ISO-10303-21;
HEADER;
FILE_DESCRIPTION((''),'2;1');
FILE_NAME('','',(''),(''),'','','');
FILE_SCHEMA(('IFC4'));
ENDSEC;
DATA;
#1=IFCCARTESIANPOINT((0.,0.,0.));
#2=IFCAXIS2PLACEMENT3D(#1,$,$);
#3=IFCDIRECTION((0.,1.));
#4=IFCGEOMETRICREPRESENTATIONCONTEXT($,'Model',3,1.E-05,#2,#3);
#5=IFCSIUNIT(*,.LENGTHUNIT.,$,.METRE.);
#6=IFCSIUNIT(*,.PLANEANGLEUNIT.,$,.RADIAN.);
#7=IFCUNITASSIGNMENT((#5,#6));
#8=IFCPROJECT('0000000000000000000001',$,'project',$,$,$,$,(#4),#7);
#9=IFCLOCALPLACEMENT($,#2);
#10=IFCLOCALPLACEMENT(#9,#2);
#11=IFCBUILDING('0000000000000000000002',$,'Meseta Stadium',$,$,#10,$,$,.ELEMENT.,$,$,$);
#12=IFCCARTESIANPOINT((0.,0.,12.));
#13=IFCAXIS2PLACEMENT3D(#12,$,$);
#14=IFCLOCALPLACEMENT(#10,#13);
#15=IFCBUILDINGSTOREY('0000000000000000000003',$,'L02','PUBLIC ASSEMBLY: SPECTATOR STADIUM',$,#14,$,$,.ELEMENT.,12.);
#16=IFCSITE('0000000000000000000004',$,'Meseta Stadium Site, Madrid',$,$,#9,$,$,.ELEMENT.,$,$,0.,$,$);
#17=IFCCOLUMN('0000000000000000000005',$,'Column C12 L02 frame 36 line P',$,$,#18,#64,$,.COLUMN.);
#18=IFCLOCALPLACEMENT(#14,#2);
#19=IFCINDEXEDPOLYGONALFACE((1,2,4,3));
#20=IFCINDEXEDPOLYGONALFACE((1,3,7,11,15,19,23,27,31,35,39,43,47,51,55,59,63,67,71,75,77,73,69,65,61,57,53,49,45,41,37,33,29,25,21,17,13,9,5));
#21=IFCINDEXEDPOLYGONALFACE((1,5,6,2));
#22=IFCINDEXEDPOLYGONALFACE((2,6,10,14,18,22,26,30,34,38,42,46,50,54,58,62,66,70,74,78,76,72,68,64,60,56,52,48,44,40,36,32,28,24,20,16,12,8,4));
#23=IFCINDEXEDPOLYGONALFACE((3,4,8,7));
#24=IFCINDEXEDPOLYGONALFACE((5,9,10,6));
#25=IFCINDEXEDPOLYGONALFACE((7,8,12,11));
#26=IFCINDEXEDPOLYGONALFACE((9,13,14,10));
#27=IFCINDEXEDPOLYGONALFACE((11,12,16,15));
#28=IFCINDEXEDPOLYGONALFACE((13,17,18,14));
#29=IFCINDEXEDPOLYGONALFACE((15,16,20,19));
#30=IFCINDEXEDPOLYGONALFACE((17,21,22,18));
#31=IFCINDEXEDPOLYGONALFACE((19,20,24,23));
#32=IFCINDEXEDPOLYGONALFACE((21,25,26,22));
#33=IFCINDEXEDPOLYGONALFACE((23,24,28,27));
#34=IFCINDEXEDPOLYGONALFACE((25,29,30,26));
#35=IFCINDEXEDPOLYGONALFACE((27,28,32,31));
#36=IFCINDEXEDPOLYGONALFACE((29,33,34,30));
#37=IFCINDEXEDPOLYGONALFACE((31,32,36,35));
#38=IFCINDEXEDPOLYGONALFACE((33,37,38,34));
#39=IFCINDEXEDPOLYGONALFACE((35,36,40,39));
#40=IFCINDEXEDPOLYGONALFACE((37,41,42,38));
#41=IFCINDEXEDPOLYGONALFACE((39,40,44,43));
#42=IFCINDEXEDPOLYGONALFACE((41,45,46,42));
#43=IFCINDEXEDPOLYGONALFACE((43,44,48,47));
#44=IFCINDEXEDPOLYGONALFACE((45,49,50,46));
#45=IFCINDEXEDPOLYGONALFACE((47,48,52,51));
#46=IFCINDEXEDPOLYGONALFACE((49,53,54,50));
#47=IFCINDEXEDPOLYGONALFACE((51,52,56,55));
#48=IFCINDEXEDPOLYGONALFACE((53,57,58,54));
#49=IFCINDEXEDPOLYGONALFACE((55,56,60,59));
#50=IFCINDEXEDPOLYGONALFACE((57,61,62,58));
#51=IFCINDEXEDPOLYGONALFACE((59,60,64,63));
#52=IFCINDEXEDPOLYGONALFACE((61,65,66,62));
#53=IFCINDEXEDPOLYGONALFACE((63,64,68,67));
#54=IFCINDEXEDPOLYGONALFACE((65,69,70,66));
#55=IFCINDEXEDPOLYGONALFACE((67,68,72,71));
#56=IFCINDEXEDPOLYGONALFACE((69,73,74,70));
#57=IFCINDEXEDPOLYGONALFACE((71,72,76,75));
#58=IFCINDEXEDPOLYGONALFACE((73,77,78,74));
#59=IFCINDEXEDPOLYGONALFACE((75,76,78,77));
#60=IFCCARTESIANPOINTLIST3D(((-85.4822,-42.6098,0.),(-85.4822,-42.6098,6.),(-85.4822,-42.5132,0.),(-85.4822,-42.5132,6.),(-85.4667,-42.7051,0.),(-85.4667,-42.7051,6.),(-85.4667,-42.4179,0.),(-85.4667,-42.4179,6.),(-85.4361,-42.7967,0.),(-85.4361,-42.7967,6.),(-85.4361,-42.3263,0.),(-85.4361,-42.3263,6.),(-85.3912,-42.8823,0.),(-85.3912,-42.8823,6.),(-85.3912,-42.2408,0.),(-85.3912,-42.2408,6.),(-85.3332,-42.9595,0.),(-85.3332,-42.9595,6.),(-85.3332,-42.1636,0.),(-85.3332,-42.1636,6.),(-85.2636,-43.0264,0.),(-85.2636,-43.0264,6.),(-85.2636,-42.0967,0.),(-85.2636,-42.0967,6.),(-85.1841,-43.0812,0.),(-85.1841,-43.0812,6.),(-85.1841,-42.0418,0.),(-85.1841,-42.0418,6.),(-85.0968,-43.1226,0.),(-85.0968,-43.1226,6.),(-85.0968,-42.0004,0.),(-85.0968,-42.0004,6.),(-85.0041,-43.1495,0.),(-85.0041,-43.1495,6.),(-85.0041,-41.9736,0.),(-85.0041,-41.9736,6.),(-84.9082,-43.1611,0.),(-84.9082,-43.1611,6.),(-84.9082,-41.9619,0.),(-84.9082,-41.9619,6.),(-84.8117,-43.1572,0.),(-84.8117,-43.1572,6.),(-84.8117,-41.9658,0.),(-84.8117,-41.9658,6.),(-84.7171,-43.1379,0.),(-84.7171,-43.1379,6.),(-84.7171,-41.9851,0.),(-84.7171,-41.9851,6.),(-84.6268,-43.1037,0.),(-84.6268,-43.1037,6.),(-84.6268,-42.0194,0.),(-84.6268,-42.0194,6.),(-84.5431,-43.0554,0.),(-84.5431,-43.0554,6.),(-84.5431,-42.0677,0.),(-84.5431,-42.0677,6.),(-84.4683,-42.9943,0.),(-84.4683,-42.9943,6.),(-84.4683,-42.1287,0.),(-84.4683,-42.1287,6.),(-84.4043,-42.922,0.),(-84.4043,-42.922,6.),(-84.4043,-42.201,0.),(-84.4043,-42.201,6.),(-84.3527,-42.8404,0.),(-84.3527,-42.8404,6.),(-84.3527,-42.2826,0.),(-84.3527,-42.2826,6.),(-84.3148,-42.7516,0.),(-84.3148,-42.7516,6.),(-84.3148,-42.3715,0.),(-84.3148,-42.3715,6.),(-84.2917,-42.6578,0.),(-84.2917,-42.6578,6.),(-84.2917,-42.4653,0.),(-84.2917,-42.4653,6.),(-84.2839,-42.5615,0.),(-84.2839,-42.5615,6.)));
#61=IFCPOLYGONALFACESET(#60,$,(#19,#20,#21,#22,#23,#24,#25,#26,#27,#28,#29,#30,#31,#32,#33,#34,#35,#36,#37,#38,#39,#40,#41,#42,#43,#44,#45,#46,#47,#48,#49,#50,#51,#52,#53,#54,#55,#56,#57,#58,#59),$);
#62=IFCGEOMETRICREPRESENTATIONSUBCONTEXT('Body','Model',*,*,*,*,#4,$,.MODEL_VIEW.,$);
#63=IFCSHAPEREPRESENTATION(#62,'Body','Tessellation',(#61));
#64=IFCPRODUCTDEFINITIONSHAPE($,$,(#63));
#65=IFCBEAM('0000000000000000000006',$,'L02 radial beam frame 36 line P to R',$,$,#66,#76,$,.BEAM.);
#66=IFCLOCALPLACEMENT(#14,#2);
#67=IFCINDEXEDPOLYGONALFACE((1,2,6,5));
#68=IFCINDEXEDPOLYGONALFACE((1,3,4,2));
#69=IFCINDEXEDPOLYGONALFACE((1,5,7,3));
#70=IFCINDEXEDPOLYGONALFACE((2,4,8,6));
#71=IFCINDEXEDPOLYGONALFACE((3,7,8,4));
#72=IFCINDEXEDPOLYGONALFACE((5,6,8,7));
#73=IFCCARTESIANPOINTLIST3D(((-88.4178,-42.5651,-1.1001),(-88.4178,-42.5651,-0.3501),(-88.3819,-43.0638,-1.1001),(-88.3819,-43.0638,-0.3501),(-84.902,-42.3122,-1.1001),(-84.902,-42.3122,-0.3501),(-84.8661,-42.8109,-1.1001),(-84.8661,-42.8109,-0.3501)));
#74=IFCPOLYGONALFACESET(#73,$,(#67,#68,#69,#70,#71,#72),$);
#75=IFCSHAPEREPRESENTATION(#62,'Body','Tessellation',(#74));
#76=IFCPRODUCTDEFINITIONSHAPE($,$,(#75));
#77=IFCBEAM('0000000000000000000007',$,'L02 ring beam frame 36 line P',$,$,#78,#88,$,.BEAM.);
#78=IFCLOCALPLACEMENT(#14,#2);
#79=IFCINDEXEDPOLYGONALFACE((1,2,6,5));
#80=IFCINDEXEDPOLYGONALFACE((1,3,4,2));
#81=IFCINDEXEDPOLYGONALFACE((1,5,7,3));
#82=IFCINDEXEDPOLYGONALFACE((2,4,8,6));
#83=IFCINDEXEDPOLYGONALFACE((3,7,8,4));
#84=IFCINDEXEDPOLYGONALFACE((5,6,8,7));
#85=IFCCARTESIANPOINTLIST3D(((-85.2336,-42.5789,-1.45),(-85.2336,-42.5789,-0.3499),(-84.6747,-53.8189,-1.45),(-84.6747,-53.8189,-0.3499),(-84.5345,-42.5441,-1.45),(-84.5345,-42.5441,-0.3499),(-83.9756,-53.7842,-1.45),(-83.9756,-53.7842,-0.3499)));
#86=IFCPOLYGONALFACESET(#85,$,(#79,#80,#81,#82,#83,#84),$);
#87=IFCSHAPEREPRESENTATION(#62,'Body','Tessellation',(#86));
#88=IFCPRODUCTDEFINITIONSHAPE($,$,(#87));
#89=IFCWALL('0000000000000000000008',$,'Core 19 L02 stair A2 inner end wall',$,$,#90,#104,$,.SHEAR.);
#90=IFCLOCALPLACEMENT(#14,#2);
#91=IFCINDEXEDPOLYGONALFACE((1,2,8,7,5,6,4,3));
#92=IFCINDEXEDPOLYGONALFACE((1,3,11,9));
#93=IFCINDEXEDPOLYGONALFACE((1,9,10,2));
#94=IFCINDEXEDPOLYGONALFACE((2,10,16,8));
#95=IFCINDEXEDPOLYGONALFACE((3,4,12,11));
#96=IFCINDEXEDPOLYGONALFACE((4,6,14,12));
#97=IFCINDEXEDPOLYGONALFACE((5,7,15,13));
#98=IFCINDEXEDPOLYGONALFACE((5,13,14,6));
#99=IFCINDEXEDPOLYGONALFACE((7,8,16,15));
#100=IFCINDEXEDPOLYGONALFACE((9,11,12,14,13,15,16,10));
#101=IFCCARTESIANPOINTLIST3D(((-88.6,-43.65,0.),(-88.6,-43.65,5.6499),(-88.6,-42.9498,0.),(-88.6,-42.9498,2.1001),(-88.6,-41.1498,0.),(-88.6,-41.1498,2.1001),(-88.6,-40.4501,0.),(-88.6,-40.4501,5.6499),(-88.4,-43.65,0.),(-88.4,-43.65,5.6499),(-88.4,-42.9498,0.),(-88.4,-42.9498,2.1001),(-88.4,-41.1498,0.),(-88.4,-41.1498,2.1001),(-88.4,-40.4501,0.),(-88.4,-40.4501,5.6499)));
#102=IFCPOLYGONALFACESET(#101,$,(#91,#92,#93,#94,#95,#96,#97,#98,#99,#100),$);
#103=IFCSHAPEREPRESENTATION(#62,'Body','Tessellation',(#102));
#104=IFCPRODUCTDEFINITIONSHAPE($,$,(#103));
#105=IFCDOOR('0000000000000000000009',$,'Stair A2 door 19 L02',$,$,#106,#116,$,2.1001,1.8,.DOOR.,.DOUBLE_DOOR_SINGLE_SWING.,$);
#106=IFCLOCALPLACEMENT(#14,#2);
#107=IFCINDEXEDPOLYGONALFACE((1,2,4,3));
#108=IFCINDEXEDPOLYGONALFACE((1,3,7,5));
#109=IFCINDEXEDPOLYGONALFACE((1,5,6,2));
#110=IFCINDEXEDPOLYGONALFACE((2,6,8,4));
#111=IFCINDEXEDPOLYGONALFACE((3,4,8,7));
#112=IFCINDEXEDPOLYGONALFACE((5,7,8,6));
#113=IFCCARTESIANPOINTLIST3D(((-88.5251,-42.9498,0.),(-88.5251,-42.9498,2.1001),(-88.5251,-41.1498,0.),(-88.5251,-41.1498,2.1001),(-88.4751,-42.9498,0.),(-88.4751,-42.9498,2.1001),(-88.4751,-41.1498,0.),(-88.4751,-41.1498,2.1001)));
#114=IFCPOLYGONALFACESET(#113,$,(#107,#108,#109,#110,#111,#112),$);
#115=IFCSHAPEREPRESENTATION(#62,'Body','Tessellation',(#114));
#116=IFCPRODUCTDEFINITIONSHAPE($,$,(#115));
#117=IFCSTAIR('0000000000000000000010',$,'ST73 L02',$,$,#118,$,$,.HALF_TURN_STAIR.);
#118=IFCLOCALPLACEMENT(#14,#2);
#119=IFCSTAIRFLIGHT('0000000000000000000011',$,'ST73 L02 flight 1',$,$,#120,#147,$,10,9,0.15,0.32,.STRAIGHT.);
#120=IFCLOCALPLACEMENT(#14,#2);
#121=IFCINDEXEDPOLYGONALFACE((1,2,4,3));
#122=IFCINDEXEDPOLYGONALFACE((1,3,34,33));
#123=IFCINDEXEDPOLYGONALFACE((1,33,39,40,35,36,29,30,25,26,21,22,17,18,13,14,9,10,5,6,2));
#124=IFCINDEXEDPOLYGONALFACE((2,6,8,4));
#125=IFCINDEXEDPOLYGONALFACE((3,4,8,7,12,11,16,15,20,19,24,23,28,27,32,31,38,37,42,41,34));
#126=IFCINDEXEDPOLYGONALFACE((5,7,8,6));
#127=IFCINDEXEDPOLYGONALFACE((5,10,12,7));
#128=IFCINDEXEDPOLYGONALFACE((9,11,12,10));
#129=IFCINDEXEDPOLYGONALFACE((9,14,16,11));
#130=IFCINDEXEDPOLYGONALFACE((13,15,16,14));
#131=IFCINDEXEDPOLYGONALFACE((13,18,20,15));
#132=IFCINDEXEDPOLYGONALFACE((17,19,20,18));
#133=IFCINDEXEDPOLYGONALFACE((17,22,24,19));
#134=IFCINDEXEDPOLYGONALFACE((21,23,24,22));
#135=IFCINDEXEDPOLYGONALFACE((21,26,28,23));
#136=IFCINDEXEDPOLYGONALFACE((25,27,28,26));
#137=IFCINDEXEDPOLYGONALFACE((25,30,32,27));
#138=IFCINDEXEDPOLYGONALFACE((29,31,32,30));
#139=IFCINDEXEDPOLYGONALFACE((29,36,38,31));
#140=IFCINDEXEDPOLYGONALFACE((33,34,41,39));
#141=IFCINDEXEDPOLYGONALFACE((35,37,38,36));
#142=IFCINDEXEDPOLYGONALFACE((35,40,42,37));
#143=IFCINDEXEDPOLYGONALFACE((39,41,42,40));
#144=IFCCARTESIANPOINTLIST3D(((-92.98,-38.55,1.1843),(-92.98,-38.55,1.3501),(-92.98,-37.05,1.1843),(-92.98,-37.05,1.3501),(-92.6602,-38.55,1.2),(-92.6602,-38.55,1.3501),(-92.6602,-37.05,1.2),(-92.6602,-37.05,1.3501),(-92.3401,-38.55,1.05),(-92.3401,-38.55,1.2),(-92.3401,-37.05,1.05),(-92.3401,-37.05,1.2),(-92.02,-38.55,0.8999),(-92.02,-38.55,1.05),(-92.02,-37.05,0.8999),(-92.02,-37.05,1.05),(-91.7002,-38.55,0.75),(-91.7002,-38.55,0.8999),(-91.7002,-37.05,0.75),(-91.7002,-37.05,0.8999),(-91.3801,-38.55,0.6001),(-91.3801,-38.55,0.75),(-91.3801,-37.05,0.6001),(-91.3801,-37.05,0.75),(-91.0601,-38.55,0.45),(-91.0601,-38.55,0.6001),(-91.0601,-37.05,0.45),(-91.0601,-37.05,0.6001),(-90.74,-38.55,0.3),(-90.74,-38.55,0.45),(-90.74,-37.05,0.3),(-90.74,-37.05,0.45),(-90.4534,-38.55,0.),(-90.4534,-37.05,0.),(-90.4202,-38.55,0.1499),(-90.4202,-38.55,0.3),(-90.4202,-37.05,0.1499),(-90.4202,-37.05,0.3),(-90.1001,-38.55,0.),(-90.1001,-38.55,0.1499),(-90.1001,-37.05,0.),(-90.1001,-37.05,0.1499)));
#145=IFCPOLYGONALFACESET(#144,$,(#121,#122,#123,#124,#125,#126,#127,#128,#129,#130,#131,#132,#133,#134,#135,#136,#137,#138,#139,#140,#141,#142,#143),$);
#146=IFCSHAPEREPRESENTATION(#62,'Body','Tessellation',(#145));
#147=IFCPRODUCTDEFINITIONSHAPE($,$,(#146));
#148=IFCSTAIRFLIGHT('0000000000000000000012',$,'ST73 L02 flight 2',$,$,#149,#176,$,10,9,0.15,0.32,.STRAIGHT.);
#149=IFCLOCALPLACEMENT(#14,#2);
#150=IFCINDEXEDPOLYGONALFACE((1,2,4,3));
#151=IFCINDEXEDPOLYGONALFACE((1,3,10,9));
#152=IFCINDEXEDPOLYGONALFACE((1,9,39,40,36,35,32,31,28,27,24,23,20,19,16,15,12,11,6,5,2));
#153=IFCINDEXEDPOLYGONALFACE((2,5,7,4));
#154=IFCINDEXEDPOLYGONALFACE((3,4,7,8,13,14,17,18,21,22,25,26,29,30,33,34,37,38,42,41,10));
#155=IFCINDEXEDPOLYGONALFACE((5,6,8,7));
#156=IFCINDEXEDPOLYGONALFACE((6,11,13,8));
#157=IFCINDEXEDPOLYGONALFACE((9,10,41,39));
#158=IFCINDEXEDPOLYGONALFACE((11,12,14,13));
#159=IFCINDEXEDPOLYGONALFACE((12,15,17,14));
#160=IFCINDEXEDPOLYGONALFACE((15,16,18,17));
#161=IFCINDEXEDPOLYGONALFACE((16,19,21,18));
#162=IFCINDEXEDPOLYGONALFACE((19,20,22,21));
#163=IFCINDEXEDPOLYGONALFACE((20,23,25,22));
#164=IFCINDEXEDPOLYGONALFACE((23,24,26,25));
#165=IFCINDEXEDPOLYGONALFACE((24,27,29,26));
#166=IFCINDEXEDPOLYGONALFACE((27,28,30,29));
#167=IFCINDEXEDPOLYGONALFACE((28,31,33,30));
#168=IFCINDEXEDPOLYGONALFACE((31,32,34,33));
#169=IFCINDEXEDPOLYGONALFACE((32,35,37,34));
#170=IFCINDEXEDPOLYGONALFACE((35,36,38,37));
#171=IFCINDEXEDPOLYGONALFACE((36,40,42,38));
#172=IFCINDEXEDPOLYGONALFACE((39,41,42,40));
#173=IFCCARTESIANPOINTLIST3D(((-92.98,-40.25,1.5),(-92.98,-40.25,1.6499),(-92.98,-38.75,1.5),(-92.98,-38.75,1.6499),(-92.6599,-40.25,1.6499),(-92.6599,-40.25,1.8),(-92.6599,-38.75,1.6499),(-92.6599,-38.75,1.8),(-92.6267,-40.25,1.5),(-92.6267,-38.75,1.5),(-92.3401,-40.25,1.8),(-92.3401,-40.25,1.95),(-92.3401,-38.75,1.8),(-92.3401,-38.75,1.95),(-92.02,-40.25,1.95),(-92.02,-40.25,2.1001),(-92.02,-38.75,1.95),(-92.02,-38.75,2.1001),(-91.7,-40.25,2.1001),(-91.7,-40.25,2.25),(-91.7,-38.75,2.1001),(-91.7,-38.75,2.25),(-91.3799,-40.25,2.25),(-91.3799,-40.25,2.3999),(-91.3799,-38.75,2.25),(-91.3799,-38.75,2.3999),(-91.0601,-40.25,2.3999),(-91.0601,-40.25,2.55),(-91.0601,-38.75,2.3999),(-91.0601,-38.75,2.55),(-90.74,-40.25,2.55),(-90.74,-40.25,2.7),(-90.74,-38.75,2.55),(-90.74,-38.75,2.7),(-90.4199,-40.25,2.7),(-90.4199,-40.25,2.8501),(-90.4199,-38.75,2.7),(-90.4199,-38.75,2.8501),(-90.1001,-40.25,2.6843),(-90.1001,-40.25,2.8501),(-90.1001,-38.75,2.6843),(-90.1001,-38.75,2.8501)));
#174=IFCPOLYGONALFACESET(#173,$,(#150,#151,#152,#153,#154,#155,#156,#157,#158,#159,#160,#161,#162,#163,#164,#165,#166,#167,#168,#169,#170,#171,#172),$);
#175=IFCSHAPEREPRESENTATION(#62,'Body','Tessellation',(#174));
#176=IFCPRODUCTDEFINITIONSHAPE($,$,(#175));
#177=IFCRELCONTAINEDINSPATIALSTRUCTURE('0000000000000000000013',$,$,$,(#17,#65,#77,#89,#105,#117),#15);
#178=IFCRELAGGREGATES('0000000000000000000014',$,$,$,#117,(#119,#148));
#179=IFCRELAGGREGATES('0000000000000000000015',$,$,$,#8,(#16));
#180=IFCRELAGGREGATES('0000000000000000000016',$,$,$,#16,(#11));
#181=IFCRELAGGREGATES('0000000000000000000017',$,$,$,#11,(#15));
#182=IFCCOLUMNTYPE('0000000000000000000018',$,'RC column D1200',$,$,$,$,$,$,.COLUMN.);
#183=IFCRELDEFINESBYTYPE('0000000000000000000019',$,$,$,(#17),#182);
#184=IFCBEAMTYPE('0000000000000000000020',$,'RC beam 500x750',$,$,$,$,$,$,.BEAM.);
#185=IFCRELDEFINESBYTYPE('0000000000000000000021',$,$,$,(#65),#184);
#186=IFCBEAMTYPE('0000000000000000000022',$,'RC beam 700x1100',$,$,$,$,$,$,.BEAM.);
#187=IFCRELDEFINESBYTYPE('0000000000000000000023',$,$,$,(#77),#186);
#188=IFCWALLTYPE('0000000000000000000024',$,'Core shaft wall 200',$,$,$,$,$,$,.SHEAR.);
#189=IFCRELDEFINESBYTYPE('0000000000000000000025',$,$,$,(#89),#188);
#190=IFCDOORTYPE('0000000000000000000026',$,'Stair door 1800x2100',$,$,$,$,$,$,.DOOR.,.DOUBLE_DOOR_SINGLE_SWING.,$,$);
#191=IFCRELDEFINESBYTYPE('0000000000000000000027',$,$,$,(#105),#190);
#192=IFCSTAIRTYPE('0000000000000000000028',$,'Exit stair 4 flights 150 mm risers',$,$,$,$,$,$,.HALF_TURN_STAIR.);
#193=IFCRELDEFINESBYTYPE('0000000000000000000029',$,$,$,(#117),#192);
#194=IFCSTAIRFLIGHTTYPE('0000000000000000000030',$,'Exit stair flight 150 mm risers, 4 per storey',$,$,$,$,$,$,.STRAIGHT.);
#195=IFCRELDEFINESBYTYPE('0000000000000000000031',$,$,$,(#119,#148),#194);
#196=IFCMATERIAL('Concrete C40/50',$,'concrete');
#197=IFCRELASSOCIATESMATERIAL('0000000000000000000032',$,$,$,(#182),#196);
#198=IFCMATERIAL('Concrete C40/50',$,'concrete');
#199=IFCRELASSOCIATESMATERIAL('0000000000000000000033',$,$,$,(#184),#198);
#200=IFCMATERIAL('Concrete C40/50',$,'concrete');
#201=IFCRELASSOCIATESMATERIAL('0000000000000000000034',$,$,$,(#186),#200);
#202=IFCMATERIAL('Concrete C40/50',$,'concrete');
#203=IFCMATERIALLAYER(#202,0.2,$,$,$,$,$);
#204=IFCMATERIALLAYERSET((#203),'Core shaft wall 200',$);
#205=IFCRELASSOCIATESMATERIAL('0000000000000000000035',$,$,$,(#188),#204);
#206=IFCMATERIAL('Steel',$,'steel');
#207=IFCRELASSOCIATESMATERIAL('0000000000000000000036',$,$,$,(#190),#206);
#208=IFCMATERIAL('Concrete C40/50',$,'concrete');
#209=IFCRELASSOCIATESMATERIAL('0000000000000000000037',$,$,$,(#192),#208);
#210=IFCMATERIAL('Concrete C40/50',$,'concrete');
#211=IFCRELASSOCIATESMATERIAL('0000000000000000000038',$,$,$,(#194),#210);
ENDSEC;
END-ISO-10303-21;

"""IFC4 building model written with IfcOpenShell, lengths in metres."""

from ifc_helpers import new_model, si_unit, direction, frame, frame_2d, origin, origin_2d, place, context, subcontext, project, spatial, polyline, rectangle, circle, outline, extrude, material, layer, layer_set, material_profile, profile_set, type_object, element, fill, aggregate, save


model = new_model("IFC4")

# Units and contexts
model_context = context("Model", 3, precision=1e-05, world=origin(), true_north=direction((0.0, 1.0)))
body_context = subcontext(model_context, "Body", "Model", "MODEL_VIEW")
ifc_project = project(units=[si_unit("LENGTHUNIT", "METRE"), si_unit("PLANEANGLEUNIT", "RADIAN")], contexts=[model_context])

# Site, building, storey
site_placement = place(None, origin())
site = spatial("IfcSite", under=ifc_project, at=site_placement, Name="Meseta Stadium Site, Madrid", CompositionType="ELEMENT", RefElevation=0.0)
building_placement = place(site_placement, origin())
building = spatial("IfcBuilding", under=site, at=building_placement, Name="Meseta Stadium", CompositionType="ELEMENT")
storey_placement = place(building_placement, frame((0.0, 0.0, 12.0)))
storey = spatial("IfcBuildingStorey", under=building, at=storey_placement, Name="L02", Description="PUBLIC ASSEMBLY: SPECTATOR STADIUM", CompositionType="ELEMENT", Elevation=12.0)

# Column
ifc_material_1 = material(Name="Concrete C40/50", Category="concrete")
ifc_material_profile_1 = material_profile(ifc_material_1, circle(Radius=0.6001, at=origin_2d()), Name="RC D1200")
ifc_profile_set_1 = profile_set([ifc_material_profile_1], Name="Concrete C40/50")
column_type = type_object("IfcColumnType", Name="RC column D1200", PredefinedType="COLUMN", material=ifc_profile_set_1)
column_placement = place(storey_placement, frame((-84.884, -42.5615, 0.0), z_axis=(0.0, 0.0, 1.0), x_axis=(1.0, 0.0, 0.0)))
element("IfcColumn", 1, at=column_placement, inside=storey, type_object=column_type, Name="Column C12 L02 frame 36 line P", PredefinedType="COLUMN", context=body_context, shape_type="SweptSolid", body=[
    extrude(circle(Radius=0.6001, at=origin_2d()), origin(), (0.0, 0.0, 1.0), 6.0),
])

# Beams
ifc_material_2 = material(Name="Concrete C40/50", Category="concrete")
ifc_material_profile_2 = material_profile(ifc_material_2, rectangle(XDim=0.5, YDim=0.75, at=origin_2d()), Name="RC 500x750")
ifc_profile_set_2 = profile_set([ifc_material_profile_2], Name="Concrete C40/50")
beam_type_1 = type_object("IfcBeamType", Name="RC beam 500x750", PredefinedType="BEAM", material=ifc_profile_set_2)
beam_1_placement = place(storey_placement, frame((-84.884, -42.5615, -0.7251), z_axis=(-0.997422, -0.071754, 0.0), x_axis=(0.071754, -0.997422, 0.0)))
element("IfcBeam", 2, at=beam_1_placement, inside=storey, type_object=beam_type_1, Name="L02 radial beam frame 36 line P to R", PredefinedType="BEAM", context=body_context, shape_type="SweptSolid", body=[
    extrude(rectangle(XDim=0.5, YDim=0.75, at=origin_2d()), origin(), (0.0, 0.0, 1.0), 3.5249),
])
ifc_material_3 = material(Name="Concrete C40/50", Category="concrete")
ifc_material_profile_3 = material_profile(ifc_material_3, rectangle(XDim=0.7, YDim=1.1001, at=origin_2d()), Name="RC 700x1100")
ifc_profile_set_3 = profile_set([ifc_material_profile_3], Name="Concrete C40/50")
beam_type_2 = type_object("IfcBeamType", Name="RC beam 700x1100", PredefinedType="BEAM", material=ifc_profile_set_3)
beam_2_placement = place(storey_placement, frame((-84.884, -42.5615, -0.8999), z_axis=(0.049657, -0.998766, 0.0), x_axis=(0.998766, 0.049657, 0.0)))
element("IfcBeam", 3, at=beam_2_placement, inside=storey, type_object=beam_type_2, Name="L02 ring beam frame 36 line P", PredefinedType="BEAM", context=body_context, shape_type="SweptSolid", body=[
    extrude(rectangle(XDim=0.7, YDim=1.1001, at=origin_2d()), origin(), (0.0, 0.0, 1.0), 11.2539),
])

# Wall, opening, door
ifc_material_4 = material(Name="Concrete C40/50", Category="concrete")
ifc_layer = layer(ifc_material_4, 0.2)
ifc_layer_set = layer_set([ifc_layer], Name="Core shaft wall 200")
wall_type = type_object("IfcWallType", Name="Core shaft wall 200", PredefinedType="SHEAR", material=ifc_layer_set)
wall_placement = place(storey_placement, frame((-88.5, -40.45, 0.0), z_axis=(0.0, 0.0, 1.0), x_axis=(0.0, -1.0, 0.0)))
wall = element("IfcWall", 4, at=wall_placement, inside=storey, type_object=wall_type, Name="Core 19 L02 stair A2 inner end wall", PredefinedType="SHEAR", context=body_context, shape_type="SweptSolid", body=[
    extrude(rectangle(XDim=3.2, YDim=0.2, at=frame_2d((1.6001, 0.0))), origin(), (0.0, 0.0, 1.0), 5.6499),
])
opening_placement = place(wall_placement, frame((0.7, 0.0, 0.0)))
opening = element("IfcOpeningElement", 5, at=opening_placement, cuts=wall, PredefinedType="OPENING", context=body_context, shape_type="SweptSolid", body=[
    extrude(rectangle(XDim=1.8, YDim=2.1001, at=frame_2d((0.8999, 1.05))), frame((0.0, 0.1099, 0.0), z_axis=(0.0, -1.0, 0.0), x_axis=(1.0, 0.0, 0.0)), (0.0, 0.0, 1.0), 0.22),
])
ifc_material_5 = material(Name="Steel", Category="steel")
door_type = type_object("IfcDoorType", Name="Stair door 1800x2100", OperationType="DOUBLE_DOOR_SINGLE_SWING", PredefinedType="DOOR", material=ifc_material_5)
door_placement = place(opening_placement, origin())
door = element("IfcDoor", 6, at=door_placement, inside=storey, type_object=door_type, Name="Stair A2 door 19 L02", OperationType="DOUBLE_DOOR_SINGLE_SWING", OverallHeight=2.1001, OverallWidth=1.8, PredefinedType="DOOR", context=body_context, shape_type="SweptSolid", body=[
    extrude(rectangle(XDim=1.8, YDim=2.1001, at=frame_2d((0.8999, 1.05))), frame((0.0, 0.0249, 0.0), z_axis=(0.0, -1.0, 0.0), x_axis=(1.0, 0.0, 0.0)), (0.0, 0.0, 1.0), 0.05),
])
fill(opening, door)

# Stair, stair flights
ifc_material_6 = material(Name="Concrete C40/50", Category="concrete")
stair_type = type_object("IfcStairType", Name="Exit stair 4 flights 150 mm risers", PredefinedType="HALF_TURN_STAIR", material=ifc_material_6)
stair_1_placement = place(storey_placement, origin())
stair_1 = element("IfcStair", 7, at=stair_1_placement, inside=storey, type_object=stair_type, Name="ST73 L02", PredefinedType="HALF_TURN_STAIR")
ifc_material_7 = material(Name="Concrete C40/50", Category="concrete")
stair_flight_type = type_object("IfcStairFlightType", Name="Exit stair flight 150 mm risers, 4 per storey", PredefinedType="STRAIGHT", material=ifc_material_7)
stair_flight_1_placement = place(storey_placement, frame((-90.1001, -37.8, 0.0), z_axis=(0.0, 0.0, 1.0), x_axis=(-1.0, 0.0, 0.0)))
stair_flight_1 = element("IfcStairFlight", 8, at=stair_flight_1_placement, type_object=stair_flight_type, Name="ST73 L02 flight 1", NumberOfRisers=10, NumberOfTreads=9, PredefinedType="STRAIGHT", RiserHeight=0.15, TreadLength=0.32, context=body_context, shape_type="SweptSolid", body=[
    extrude(outline(polyline([(0.0, 0.0), (0.0, 0.1499), (0.3201, 0.1499), (0.3201, 0.3), (0.6399, 0.3), (0.6399, 0.45), (0.96, 0.45), (0.96, 0.6001), (1.28, 0.6001), (1.28, 0.75), (1.6001, 0.75), (1.6001, 0.8999), (1.9199, 0.8999), (1.9199, 1.05), (2.24, 1.05), (2.24, 1.2), (2.5601, 1.2), (2.5601, 1.3501), (2.8799, 1.3501), (2.8799, 1.1843), (0.3533, 0.0), (0.0, 0.0)])), frame((0.0, 0.75, 0.0), z_axis=(0.0, -1.0, 0.0), x_axis=(1.0, 0.0, 0.0)), (0.0, 0.0, 1.0), 1.5),
])
stair_flight_2_placement = place(storey_placement, frame((-92.98, -39.5, 1.5), z_axis=(0.0, 0.0, 1.0), x_axis=(1.0, 0.0, 0.0)))
stair_flight_2 = element("IfcStairFlight", 9, at=stair_flight_2_placement, type_object=stair_flight_type, Name="ST73 L02 flight 2", NumberOfRisers=10, NumberOfTreads=9, PredefinedType="STRAIGHT", RiserHeight=0.15, TreadLength=0.32, context=body_context, shape_type="SweptSolid", body=[
    extrude(outline(polyline([(0.0, 0.0), (0.0, 0.1499), (0.3201, 0.1499), (0.3201, 0.3), (0.6399, 0.3), (0.6399, 0.45), (0.96, 0.45), (0.96, 0.6001), (1.28, 0.6001), (1.28, 0.75), (1.6001, 0.75), (1.6001, 0.8999), (1.9199, 0.8999), (1.9199, 1.05), (2.24, 1.05), (2.24, 1.2), (2.5601, 1.2), (2.5601, 1.3501), (2.8799, 1.3501), (2.8799, 1.1843), (0.3533, 0.0), (0.0, 0.0)])), frame((0.0, 0.75, 0.0), z_axis=(0.0, -1.0, 0.0), x_axis=(1.0, 0.0, 0.0)), (0.0, 0.0, 1.0), 1.5),
])
aggregate(stair_1, [stair_flight_1, stair_flight_2])

save(model, "model.ifc")
